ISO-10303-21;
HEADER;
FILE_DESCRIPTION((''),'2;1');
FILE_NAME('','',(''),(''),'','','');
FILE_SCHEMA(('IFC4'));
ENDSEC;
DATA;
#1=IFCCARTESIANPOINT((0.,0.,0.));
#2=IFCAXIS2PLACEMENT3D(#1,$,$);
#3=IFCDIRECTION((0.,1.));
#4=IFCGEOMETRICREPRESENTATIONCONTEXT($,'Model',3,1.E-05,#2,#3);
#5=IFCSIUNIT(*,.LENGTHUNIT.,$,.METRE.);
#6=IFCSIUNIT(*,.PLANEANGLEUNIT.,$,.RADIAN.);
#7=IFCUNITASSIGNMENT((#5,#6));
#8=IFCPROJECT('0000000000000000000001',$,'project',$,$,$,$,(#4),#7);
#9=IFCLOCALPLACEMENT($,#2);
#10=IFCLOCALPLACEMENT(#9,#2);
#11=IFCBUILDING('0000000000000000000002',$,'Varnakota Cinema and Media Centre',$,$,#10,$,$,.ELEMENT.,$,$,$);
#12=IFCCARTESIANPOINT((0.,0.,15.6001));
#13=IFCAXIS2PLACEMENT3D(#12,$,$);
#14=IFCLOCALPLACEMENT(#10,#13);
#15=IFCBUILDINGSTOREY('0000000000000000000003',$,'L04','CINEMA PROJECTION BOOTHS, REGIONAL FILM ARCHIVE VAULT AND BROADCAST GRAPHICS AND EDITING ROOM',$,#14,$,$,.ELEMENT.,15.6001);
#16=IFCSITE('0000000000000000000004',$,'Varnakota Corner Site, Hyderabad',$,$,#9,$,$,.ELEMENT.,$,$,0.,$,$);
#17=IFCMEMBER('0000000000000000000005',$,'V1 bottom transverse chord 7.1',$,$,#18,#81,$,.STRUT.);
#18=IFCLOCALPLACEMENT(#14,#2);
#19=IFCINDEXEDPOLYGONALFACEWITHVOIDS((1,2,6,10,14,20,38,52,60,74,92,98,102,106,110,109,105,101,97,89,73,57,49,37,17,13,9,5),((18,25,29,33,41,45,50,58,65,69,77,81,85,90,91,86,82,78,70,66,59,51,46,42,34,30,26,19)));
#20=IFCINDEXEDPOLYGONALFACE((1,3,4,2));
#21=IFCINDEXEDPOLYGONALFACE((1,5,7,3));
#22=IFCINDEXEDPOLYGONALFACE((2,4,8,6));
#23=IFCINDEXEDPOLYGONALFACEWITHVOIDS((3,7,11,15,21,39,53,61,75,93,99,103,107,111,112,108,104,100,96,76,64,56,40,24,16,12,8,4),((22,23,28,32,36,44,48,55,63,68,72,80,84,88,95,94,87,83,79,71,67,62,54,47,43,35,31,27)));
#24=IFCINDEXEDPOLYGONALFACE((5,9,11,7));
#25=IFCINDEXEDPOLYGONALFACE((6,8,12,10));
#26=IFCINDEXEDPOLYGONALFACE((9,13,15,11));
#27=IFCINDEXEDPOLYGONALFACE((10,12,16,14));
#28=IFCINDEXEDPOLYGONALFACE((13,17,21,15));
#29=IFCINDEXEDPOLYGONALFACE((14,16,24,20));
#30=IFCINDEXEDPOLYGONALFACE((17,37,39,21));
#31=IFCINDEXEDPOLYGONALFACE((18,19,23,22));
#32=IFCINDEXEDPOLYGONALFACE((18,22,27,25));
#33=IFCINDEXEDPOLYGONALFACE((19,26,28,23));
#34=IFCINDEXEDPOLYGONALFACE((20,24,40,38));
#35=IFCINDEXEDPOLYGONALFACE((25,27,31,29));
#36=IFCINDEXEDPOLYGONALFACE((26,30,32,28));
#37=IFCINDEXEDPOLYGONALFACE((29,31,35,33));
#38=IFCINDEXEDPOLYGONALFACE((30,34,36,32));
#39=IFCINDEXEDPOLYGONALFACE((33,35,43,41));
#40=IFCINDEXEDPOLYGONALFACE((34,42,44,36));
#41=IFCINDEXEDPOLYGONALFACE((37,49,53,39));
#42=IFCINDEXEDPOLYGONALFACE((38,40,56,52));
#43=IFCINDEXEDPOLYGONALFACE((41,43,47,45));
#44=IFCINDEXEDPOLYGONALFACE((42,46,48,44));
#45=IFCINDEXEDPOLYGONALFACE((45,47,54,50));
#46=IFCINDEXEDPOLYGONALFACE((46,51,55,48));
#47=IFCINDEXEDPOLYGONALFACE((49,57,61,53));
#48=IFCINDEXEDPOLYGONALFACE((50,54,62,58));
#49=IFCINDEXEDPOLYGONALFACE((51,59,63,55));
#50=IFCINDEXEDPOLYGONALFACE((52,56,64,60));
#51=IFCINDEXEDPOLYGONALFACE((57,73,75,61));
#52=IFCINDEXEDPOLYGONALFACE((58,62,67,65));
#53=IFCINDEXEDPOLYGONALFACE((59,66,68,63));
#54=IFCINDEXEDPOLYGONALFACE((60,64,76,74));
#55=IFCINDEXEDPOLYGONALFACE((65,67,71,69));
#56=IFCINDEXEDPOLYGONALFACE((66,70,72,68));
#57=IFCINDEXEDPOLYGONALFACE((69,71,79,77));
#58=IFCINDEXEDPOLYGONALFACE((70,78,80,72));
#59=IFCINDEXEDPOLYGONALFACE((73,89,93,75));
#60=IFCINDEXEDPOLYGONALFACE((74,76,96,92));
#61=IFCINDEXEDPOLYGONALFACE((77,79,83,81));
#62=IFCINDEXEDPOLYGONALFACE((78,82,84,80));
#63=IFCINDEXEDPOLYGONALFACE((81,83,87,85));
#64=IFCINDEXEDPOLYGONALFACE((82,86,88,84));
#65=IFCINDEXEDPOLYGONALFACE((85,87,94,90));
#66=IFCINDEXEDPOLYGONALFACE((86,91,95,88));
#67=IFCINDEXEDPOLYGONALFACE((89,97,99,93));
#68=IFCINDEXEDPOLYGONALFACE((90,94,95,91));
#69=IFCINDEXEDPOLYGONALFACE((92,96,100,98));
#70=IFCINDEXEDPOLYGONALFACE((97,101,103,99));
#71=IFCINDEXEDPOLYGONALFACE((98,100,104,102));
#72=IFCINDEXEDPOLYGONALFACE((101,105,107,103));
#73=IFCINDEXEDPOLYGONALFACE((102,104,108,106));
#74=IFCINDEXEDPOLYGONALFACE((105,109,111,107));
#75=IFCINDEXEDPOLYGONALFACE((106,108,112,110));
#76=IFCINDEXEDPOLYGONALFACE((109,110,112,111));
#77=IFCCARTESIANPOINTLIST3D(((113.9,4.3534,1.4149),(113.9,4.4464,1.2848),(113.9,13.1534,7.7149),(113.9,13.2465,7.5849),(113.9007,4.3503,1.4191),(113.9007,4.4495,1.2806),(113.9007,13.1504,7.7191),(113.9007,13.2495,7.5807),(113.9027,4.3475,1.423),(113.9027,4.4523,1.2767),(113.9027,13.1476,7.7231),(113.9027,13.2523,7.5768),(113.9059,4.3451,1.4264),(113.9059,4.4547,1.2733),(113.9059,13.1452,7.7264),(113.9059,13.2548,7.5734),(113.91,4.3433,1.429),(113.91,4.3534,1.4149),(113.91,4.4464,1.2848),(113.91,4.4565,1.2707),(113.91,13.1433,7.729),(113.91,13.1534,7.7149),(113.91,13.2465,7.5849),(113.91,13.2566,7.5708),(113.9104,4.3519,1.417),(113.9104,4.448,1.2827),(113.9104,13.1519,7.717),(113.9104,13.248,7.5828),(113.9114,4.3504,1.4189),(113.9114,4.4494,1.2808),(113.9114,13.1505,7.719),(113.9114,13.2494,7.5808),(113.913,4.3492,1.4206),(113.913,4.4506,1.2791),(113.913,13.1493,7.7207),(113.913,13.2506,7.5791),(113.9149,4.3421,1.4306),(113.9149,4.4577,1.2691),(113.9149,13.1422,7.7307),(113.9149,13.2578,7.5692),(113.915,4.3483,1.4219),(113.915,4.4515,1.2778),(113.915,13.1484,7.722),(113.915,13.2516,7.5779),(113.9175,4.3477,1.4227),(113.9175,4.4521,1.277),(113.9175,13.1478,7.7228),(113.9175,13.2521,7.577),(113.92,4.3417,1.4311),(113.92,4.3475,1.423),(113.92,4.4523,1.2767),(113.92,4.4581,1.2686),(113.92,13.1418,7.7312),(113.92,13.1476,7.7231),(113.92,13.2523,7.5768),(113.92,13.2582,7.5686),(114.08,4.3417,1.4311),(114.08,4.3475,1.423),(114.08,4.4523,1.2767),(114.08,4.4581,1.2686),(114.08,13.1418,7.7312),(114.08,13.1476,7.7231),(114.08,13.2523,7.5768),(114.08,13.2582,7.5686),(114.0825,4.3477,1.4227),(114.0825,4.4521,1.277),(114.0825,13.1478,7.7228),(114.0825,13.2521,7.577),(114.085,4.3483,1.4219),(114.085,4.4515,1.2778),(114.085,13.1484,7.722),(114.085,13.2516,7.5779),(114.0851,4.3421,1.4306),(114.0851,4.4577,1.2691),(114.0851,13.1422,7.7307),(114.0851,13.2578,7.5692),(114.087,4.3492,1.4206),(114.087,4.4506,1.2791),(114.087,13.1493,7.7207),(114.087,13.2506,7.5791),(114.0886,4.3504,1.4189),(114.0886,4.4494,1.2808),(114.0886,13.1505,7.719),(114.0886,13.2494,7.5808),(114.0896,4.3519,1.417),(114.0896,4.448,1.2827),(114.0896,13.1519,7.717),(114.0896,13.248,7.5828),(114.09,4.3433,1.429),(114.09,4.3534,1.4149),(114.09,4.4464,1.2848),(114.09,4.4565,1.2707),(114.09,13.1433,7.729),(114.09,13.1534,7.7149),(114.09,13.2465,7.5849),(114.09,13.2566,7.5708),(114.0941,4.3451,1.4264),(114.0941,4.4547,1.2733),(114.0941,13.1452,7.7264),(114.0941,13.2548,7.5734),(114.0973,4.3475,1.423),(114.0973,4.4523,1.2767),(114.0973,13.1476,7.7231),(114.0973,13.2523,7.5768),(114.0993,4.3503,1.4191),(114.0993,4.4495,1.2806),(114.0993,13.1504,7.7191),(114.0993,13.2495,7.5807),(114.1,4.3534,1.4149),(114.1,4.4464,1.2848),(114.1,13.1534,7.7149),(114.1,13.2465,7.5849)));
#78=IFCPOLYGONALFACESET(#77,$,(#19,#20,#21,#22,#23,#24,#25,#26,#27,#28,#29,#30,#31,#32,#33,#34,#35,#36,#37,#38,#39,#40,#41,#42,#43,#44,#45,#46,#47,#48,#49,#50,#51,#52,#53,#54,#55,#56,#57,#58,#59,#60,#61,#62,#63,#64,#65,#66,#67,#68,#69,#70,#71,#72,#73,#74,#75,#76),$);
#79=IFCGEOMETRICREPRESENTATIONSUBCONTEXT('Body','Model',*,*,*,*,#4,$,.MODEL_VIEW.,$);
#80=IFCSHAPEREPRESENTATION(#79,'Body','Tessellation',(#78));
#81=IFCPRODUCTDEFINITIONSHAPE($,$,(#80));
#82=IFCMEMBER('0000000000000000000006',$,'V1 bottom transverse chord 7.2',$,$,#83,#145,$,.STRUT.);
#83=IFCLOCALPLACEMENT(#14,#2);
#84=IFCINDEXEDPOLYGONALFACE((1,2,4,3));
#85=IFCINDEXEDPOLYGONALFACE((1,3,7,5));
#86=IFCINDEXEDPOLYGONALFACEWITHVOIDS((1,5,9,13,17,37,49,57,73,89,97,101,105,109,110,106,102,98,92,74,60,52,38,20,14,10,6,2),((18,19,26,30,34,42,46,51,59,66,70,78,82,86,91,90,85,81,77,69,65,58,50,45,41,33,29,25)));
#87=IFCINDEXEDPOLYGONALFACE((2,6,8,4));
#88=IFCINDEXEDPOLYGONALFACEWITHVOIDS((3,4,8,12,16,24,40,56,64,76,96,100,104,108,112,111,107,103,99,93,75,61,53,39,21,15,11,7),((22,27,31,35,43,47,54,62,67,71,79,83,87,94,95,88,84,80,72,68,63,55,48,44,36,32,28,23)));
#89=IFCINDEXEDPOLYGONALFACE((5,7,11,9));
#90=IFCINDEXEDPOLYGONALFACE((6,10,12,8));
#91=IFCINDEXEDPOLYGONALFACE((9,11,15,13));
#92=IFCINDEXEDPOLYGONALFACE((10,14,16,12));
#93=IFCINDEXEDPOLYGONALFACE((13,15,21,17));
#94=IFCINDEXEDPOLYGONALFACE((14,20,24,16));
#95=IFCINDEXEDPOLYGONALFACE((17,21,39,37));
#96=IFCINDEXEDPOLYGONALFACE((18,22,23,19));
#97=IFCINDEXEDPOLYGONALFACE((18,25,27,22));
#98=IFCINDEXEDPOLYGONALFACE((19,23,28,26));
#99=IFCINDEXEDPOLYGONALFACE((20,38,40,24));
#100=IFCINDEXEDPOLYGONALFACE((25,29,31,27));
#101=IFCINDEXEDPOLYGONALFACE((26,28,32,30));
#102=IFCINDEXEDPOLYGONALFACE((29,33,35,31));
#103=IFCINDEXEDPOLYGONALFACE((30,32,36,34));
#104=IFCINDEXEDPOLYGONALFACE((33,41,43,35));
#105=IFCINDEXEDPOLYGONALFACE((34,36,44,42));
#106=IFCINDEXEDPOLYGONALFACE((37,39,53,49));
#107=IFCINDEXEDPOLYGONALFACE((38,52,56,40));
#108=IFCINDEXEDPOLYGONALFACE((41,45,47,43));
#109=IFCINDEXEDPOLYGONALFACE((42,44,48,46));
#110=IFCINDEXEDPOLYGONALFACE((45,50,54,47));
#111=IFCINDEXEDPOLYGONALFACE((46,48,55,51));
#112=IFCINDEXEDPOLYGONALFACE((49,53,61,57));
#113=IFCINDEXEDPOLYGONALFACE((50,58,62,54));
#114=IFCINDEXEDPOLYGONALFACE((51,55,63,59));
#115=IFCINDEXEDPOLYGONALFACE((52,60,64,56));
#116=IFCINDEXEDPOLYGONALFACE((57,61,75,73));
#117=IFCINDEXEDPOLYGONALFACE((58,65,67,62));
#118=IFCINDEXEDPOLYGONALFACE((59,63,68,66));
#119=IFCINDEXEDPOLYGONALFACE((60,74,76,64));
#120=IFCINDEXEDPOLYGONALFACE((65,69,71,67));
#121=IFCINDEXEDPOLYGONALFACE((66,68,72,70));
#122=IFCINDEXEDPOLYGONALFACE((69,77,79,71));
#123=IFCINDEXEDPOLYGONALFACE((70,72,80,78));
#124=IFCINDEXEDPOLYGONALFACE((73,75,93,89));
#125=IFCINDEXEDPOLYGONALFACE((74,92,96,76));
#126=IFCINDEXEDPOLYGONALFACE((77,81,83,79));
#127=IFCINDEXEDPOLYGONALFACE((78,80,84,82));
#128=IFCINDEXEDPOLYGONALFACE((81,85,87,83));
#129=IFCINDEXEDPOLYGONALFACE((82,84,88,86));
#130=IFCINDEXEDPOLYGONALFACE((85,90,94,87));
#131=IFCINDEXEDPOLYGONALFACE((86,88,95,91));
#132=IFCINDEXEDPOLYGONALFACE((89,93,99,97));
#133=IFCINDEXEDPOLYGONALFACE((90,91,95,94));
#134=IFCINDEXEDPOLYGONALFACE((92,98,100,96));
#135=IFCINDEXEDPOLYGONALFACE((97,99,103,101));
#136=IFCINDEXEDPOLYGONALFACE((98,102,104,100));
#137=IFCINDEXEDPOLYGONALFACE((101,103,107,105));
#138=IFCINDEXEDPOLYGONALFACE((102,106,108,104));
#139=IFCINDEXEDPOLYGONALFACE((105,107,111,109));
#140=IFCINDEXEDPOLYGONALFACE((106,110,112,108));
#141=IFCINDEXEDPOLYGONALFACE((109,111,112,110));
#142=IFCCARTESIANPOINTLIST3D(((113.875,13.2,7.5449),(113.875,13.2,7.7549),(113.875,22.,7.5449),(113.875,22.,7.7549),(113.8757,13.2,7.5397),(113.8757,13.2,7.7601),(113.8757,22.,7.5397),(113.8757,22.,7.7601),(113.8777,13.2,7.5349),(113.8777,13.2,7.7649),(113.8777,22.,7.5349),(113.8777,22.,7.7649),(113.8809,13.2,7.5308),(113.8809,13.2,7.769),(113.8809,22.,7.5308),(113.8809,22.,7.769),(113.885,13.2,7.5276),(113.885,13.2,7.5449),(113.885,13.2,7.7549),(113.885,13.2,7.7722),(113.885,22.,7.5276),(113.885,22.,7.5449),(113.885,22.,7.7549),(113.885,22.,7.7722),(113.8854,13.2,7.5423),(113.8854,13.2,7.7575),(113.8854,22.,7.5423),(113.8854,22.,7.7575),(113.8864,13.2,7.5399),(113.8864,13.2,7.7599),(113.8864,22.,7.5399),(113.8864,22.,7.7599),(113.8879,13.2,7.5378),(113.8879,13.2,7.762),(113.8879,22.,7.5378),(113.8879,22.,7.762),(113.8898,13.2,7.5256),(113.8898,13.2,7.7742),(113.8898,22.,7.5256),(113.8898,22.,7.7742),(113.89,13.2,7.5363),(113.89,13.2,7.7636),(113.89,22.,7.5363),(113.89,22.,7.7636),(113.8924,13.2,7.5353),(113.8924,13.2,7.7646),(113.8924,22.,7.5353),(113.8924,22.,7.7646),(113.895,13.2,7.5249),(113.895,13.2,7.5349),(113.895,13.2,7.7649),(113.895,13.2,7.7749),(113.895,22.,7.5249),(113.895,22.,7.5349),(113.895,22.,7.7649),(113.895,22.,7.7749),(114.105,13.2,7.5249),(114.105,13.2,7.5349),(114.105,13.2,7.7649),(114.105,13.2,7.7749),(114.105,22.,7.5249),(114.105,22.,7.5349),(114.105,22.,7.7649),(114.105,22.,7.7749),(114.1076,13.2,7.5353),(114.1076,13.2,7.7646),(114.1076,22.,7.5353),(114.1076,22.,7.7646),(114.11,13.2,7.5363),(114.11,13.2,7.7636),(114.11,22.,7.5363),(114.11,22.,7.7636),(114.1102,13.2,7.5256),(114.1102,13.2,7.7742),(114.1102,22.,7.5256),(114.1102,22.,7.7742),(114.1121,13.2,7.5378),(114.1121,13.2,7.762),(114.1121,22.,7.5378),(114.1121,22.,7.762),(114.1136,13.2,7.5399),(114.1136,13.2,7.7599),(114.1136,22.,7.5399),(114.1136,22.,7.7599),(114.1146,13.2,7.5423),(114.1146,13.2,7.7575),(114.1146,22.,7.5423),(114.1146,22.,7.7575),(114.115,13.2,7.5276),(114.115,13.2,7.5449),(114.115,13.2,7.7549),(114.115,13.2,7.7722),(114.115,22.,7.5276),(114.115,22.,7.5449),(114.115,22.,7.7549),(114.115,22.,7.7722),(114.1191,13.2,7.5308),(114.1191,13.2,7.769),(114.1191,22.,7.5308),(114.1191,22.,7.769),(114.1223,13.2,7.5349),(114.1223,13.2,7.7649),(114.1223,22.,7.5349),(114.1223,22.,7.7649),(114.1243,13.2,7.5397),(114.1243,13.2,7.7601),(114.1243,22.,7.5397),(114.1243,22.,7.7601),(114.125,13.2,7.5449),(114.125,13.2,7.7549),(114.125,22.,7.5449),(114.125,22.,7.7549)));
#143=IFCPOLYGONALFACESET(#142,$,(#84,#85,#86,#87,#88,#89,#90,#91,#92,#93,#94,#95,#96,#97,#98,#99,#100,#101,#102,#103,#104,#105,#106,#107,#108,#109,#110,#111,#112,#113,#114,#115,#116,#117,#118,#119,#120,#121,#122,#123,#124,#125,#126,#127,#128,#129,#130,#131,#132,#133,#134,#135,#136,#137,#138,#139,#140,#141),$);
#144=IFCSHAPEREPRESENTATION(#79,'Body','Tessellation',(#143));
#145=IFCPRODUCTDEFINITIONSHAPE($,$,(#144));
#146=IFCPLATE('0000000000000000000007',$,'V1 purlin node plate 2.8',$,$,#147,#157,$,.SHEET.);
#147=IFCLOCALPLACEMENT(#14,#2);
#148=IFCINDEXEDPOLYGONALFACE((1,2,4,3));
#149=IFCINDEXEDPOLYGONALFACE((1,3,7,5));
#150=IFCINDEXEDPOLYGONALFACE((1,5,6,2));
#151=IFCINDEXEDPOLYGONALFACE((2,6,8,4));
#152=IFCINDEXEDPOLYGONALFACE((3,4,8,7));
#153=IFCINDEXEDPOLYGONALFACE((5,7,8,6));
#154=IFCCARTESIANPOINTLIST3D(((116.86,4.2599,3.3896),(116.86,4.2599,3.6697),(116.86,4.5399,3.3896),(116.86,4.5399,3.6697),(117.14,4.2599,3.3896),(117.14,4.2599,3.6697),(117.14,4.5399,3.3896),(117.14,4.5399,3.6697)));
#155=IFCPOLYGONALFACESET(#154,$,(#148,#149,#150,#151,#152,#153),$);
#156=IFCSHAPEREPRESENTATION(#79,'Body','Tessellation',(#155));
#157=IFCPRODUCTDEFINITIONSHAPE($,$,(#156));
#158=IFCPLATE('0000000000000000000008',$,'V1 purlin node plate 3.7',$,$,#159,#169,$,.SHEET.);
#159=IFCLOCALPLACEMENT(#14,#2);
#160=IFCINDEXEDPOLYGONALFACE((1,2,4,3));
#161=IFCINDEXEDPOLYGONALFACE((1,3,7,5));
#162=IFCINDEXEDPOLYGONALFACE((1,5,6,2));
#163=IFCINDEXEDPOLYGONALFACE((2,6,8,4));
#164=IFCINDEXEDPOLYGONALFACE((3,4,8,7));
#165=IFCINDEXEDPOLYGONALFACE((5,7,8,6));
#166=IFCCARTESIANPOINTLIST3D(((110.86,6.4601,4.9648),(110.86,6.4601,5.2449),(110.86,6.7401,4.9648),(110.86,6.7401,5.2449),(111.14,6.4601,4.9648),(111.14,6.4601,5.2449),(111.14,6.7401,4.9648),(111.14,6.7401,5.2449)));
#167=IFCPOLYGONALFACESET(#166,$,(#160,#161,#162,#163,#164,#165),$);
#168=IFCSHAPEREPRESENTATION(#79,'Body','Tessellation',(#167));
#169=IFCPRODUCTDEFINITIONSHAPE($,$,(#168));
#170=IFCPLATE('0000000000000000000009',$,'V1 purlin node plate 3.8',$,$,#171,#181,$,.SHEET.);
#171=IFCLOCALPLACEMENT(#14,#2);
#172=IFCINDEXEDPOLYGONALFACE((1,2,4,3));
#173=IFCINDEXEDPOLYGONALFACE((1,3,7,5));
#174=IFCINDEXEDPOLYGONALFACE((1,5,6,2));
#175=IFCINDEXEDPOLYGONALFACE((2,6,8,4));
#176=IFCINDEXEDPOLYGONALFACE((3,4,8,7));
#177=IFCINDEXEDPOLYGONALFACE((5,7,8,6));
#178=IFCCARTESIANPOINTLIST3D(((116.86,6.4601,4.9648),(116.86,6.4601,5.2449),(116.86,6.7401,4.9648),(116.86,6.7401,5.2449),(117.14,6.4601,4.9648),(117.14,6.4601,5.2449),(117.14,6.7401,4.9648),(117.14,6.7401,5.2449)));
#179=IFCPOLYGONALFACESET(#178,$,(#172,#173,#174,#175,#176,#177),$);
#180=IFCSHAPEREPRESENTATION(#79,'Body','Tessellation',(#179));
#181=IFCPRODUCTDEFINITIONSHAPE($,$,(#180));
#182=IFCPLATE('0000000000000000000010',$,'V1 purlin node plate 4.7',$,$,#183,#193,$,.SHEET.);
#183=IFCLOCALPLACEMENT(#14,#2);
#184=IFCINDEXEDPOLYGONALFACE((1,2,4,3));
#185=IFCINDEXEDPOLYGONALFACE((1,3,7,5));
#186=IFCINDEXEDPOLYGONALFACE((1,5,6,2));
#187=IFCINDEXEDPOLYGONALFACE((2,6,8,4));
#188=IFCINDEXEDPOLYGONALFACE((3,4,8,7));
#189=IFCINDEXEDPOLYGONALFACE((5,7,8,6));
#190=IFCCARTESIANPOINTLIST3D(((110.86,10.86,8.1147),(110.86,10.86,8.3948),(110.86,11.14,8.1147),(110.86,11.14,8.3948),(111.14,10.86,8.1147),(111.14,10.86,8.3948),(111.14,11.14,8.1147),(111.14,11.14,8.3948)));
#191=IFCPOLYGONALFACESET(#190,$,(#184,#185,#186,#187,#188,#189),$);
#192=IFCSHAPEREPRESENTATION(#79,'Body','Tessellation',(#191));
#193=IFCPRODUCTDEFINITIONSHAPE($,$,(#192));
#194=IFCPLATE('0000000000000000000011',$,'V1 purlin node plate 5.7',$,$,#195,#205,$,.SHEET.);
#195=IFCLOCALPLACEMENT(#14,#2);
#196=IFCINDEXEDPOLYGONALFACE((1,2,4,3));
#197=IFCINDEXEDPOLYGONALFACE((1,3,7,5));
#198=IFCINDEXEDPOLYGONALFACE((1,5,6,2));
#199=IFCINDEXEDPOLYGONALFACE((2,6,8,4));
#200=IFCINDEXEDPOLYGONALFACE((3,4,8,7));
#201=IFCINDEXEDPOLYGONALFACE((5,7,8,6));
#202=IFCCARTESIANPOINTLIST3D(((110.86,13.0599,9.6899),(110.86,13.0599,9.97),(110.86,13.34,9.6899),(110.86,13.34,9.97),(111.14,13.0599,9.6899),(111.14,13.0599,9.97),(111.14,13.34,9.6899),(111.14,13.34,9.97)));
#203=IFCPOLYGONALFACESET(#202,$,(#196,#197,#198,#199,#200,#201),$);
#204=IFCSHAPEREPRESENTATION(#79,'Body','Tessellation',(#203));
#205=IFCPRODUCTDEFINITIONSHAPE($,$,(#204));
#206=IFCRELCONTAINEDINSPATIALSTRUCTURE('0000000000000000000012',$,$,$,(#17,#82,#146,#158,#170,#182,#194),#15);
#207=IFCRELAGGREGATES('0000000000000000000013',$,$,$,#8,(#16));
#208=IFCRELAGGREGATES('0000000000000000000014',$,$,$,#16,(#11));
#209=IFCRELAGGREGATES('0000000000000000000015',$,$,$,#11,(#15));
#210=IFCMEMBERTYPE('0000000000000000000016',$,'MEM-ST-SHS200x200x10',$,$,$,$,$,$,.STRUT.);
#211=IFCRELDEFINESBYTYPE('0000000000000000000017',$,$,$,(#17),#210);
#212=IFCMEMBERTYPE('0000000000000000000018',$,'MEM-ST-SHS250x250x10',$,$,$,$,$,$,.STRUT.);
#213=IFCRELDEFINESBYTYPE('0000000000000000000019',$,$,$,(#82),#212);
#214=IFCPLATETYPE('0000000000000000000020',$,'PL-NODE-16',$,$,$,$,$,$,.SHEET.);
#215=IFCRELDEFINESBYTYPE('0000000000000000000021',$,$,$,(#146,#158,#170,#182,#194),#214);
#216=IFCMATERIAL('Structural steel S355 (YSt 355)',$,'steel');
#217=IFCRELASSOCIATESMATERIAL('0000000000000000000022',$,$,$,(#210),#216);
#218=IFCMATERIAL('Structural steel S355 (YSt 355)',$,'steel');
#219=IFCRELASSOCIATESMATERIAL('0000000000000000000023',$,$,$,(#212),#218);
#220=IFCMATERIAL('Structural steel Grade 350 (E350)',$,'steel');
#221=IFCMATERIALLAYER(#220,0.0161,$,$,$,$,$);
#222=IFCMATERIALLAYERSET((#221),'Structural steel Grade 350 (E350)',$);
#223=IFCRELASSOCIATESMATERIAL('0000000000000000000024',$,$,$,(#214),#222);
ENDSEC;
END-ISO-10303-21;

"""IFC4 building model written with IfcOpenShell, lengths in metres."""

from ifc_helpers import new_model, si_unit, direction, frame, origin, origin_2d, place, context, subcontext, project, spatial, rectangle, hollow_rectangle, extrude, material, layer, layer_set, material_profile, profile_set, type_object, element, save


model = new_model("IFC4")

# Units and contexts
model_context = context("Model", 3, precision=1e-05, world=origin(), true_north=direction((0.0, 1.0)))
body_context = subcontext(model_context, "Body", "Model", "MODEL_VIEW")
ifc_project = project(units=[si_unit("LENGTHUNIT", "METRE"), si_unit("PLANEANGLEUNIT", "RADIAN")], contexts=[model_context])

# Site, building, storey
site_placement = place(None, origin())
site = spatial("IfcSite", under=ifc_project, at=site_placement, Name="Varnakota Corner Site, Hyderabad", CompositionType="ELEMENT", RefElevation=0.0)
building_placement = place(site_placement, origin())
building = spatial("IfcBuilding", under=site, at=building_placement, Name="Varnakota Cinema and Media Centre", CompositionType="ELEMENT")
storey_placement = place(building_placement, frame((0.0, 0.0, 15.6001)))
storey = spatial("IfcBuildingStorey", under=building, at=storey_placement, Name="L04", Description="CINEMA PROJECTION BOOTHS, REGIONAL FILM ARCHIVE VAULT AND BROADCAST GRAPHICS AND EDITING ROOM", CompositionType="ELEMENT", Elevation=15.6001)

# Members
ifc_material_1 = material(Name="Structural steel S355 (YSt 355)", Category="steel")
ifc_material_profile_1 = material_profile(ifc_material_1, hollow_rectangle(XDim=0.2, YDim=0.2, WallThickness=0.01, InnerFilletRadius=0.01, OuterFilletRadius=0.02, at=origin_2d()), Name="SHS 200x200x10")
ifc_profile_set_1 = profile_set([ifc_material_profile_1], Name="Structural steel S355 (YSt 355)")
member_type_1 = type_object("IfcMemberType", Name="MEM-ST-SHS200x200x10", PredefinedType="STRUT", material=ifc_profile_set_1)
member_1_placement = place(storey_placement, frame((114.0, 4.3999, 1.3499), z_axis=(0.0, 0.813108, 0.582113), x_axis=(-1.0, 0.0, 0.0)))
element("IfcMember", 1, at=member_1_placement, inside=storey, type_object=member_type_1, Name="V1 bottom transverse chord 7.1", PredefinedType="STRUT", context=body_context, shape_type="SweptSolid", body=[
    extrude(hollow_rectangle(XDim=0.2, YDim=0.2, WallThickness=0.01, InnerFilletRadius=0.01, OuterFilletRadius=0.02, at=origin_2d()), origin(), (0.0, 0.0, 1.0), 10.8228),
])
ifc_material_2 = material(Name="Structural steel S355 (YSt 355)", Category="steel")
ifc_material_profile_2 = material_profile(ifc_material_2, hollow_rectangle(XDim=0.25, YDim=0.25, WallThickness=0.01, InnerFilletRadius=0.01, OuterFilletRadius=0.02, at=origin_2d()), Name="SHS 250x250x10")
ifc_profile_set_2 = profile_set([ifc_material_profile_2], Name="Structural steel S355 (YSt 355)")
member_type_2 = type_object("IfcMemberType", Name="MEM-ST-SHS250x250x10", PredefinedType="STRUT", material=ifc_profile_set_2)
member_2_placement = place(storey_placement, frame((114.0, 13.2, 7.6499), z_axis=(0.0, 1.0, 0.0), x_axis=(-1.0, 0.0, 0.0)))
element("IfcMember", 2, at=member_2_placement, inside=storey, type_object=member_type_2, Name="V1 bottom transverse chord 7.2", PredefinedType="STRUT", context=body_context, shape_type="SweptSolid", body=[
    extrude(hollow_rectangle(XDim=0.25, YDim=0.25, WallThickness=0.01, InnerFilletRadius=0.01, OuterFilletRadius=0.02, at=origin_2d()), origin(), (0.0, 0.0, 1.0), 8.8),
])

# Plates
ifc_material_3 = material(Name="Structural steel Grade 350 (E350)", Category="steel")
ifc_layer_1 = layer(ifc_material_3, 0.0161)
ifc_layer_set_1 = layer_set([ifc_layer_1], Name="Structural steel Grade 350 (E350)")
plate_type_1 = type_object("IfcPlateType", Name="PL-NODE-16", PredefinedType="SHEET", material=ifc_layer_set_1)
for number, where, z_axis, x_axis, name in (
    (3, (117.0, 4.3999, 3.3896), (0.0, 0.0, 1.0), (1.0, 0.0, 0.0), "V1 purlin node plate 2.8"),
    (4, (111.0, 6.6001, 4.9648), (0.0, 0.0, 1.0), (1.0, 0.0, 0.0), "V1 purlin node plate 3.7"),
    (5, (117.0, 6.6001, 4.9648), (0.0, 0.0, 1.0), (1.0, 0.0, 0.0), "V1 purlin node plate 3.8"),
    (6, (111.0, 11.0, 8.1147), (0.0, 0.0, 1.0), (1.0, 0.0, 0.0), "V1 purlin node plate 4.7"),
    (7, (111.0, 13.2, 9.6899), (0.0, 0.0, 1.0), (1.0, 0.0, 0.0), "V1 purlin node plate 5.7"),
):
    element("IfcPlate", number, at=place(storey_placement, frame(where, z_axis=z_axis, x_axis=x_axis)), inside=storey, type_object=plate_type_1, Name=name, PredefinedType="SHEET", context=body_context, shape_type="SweptSolid", body=[
        extrude(rectangle(XDim=0.28, YDim=0.28, at=origin_2d()), origin(), (0.0, 0.0, 1.0), 0.28),
    ])

save(model, "model.ifc")
